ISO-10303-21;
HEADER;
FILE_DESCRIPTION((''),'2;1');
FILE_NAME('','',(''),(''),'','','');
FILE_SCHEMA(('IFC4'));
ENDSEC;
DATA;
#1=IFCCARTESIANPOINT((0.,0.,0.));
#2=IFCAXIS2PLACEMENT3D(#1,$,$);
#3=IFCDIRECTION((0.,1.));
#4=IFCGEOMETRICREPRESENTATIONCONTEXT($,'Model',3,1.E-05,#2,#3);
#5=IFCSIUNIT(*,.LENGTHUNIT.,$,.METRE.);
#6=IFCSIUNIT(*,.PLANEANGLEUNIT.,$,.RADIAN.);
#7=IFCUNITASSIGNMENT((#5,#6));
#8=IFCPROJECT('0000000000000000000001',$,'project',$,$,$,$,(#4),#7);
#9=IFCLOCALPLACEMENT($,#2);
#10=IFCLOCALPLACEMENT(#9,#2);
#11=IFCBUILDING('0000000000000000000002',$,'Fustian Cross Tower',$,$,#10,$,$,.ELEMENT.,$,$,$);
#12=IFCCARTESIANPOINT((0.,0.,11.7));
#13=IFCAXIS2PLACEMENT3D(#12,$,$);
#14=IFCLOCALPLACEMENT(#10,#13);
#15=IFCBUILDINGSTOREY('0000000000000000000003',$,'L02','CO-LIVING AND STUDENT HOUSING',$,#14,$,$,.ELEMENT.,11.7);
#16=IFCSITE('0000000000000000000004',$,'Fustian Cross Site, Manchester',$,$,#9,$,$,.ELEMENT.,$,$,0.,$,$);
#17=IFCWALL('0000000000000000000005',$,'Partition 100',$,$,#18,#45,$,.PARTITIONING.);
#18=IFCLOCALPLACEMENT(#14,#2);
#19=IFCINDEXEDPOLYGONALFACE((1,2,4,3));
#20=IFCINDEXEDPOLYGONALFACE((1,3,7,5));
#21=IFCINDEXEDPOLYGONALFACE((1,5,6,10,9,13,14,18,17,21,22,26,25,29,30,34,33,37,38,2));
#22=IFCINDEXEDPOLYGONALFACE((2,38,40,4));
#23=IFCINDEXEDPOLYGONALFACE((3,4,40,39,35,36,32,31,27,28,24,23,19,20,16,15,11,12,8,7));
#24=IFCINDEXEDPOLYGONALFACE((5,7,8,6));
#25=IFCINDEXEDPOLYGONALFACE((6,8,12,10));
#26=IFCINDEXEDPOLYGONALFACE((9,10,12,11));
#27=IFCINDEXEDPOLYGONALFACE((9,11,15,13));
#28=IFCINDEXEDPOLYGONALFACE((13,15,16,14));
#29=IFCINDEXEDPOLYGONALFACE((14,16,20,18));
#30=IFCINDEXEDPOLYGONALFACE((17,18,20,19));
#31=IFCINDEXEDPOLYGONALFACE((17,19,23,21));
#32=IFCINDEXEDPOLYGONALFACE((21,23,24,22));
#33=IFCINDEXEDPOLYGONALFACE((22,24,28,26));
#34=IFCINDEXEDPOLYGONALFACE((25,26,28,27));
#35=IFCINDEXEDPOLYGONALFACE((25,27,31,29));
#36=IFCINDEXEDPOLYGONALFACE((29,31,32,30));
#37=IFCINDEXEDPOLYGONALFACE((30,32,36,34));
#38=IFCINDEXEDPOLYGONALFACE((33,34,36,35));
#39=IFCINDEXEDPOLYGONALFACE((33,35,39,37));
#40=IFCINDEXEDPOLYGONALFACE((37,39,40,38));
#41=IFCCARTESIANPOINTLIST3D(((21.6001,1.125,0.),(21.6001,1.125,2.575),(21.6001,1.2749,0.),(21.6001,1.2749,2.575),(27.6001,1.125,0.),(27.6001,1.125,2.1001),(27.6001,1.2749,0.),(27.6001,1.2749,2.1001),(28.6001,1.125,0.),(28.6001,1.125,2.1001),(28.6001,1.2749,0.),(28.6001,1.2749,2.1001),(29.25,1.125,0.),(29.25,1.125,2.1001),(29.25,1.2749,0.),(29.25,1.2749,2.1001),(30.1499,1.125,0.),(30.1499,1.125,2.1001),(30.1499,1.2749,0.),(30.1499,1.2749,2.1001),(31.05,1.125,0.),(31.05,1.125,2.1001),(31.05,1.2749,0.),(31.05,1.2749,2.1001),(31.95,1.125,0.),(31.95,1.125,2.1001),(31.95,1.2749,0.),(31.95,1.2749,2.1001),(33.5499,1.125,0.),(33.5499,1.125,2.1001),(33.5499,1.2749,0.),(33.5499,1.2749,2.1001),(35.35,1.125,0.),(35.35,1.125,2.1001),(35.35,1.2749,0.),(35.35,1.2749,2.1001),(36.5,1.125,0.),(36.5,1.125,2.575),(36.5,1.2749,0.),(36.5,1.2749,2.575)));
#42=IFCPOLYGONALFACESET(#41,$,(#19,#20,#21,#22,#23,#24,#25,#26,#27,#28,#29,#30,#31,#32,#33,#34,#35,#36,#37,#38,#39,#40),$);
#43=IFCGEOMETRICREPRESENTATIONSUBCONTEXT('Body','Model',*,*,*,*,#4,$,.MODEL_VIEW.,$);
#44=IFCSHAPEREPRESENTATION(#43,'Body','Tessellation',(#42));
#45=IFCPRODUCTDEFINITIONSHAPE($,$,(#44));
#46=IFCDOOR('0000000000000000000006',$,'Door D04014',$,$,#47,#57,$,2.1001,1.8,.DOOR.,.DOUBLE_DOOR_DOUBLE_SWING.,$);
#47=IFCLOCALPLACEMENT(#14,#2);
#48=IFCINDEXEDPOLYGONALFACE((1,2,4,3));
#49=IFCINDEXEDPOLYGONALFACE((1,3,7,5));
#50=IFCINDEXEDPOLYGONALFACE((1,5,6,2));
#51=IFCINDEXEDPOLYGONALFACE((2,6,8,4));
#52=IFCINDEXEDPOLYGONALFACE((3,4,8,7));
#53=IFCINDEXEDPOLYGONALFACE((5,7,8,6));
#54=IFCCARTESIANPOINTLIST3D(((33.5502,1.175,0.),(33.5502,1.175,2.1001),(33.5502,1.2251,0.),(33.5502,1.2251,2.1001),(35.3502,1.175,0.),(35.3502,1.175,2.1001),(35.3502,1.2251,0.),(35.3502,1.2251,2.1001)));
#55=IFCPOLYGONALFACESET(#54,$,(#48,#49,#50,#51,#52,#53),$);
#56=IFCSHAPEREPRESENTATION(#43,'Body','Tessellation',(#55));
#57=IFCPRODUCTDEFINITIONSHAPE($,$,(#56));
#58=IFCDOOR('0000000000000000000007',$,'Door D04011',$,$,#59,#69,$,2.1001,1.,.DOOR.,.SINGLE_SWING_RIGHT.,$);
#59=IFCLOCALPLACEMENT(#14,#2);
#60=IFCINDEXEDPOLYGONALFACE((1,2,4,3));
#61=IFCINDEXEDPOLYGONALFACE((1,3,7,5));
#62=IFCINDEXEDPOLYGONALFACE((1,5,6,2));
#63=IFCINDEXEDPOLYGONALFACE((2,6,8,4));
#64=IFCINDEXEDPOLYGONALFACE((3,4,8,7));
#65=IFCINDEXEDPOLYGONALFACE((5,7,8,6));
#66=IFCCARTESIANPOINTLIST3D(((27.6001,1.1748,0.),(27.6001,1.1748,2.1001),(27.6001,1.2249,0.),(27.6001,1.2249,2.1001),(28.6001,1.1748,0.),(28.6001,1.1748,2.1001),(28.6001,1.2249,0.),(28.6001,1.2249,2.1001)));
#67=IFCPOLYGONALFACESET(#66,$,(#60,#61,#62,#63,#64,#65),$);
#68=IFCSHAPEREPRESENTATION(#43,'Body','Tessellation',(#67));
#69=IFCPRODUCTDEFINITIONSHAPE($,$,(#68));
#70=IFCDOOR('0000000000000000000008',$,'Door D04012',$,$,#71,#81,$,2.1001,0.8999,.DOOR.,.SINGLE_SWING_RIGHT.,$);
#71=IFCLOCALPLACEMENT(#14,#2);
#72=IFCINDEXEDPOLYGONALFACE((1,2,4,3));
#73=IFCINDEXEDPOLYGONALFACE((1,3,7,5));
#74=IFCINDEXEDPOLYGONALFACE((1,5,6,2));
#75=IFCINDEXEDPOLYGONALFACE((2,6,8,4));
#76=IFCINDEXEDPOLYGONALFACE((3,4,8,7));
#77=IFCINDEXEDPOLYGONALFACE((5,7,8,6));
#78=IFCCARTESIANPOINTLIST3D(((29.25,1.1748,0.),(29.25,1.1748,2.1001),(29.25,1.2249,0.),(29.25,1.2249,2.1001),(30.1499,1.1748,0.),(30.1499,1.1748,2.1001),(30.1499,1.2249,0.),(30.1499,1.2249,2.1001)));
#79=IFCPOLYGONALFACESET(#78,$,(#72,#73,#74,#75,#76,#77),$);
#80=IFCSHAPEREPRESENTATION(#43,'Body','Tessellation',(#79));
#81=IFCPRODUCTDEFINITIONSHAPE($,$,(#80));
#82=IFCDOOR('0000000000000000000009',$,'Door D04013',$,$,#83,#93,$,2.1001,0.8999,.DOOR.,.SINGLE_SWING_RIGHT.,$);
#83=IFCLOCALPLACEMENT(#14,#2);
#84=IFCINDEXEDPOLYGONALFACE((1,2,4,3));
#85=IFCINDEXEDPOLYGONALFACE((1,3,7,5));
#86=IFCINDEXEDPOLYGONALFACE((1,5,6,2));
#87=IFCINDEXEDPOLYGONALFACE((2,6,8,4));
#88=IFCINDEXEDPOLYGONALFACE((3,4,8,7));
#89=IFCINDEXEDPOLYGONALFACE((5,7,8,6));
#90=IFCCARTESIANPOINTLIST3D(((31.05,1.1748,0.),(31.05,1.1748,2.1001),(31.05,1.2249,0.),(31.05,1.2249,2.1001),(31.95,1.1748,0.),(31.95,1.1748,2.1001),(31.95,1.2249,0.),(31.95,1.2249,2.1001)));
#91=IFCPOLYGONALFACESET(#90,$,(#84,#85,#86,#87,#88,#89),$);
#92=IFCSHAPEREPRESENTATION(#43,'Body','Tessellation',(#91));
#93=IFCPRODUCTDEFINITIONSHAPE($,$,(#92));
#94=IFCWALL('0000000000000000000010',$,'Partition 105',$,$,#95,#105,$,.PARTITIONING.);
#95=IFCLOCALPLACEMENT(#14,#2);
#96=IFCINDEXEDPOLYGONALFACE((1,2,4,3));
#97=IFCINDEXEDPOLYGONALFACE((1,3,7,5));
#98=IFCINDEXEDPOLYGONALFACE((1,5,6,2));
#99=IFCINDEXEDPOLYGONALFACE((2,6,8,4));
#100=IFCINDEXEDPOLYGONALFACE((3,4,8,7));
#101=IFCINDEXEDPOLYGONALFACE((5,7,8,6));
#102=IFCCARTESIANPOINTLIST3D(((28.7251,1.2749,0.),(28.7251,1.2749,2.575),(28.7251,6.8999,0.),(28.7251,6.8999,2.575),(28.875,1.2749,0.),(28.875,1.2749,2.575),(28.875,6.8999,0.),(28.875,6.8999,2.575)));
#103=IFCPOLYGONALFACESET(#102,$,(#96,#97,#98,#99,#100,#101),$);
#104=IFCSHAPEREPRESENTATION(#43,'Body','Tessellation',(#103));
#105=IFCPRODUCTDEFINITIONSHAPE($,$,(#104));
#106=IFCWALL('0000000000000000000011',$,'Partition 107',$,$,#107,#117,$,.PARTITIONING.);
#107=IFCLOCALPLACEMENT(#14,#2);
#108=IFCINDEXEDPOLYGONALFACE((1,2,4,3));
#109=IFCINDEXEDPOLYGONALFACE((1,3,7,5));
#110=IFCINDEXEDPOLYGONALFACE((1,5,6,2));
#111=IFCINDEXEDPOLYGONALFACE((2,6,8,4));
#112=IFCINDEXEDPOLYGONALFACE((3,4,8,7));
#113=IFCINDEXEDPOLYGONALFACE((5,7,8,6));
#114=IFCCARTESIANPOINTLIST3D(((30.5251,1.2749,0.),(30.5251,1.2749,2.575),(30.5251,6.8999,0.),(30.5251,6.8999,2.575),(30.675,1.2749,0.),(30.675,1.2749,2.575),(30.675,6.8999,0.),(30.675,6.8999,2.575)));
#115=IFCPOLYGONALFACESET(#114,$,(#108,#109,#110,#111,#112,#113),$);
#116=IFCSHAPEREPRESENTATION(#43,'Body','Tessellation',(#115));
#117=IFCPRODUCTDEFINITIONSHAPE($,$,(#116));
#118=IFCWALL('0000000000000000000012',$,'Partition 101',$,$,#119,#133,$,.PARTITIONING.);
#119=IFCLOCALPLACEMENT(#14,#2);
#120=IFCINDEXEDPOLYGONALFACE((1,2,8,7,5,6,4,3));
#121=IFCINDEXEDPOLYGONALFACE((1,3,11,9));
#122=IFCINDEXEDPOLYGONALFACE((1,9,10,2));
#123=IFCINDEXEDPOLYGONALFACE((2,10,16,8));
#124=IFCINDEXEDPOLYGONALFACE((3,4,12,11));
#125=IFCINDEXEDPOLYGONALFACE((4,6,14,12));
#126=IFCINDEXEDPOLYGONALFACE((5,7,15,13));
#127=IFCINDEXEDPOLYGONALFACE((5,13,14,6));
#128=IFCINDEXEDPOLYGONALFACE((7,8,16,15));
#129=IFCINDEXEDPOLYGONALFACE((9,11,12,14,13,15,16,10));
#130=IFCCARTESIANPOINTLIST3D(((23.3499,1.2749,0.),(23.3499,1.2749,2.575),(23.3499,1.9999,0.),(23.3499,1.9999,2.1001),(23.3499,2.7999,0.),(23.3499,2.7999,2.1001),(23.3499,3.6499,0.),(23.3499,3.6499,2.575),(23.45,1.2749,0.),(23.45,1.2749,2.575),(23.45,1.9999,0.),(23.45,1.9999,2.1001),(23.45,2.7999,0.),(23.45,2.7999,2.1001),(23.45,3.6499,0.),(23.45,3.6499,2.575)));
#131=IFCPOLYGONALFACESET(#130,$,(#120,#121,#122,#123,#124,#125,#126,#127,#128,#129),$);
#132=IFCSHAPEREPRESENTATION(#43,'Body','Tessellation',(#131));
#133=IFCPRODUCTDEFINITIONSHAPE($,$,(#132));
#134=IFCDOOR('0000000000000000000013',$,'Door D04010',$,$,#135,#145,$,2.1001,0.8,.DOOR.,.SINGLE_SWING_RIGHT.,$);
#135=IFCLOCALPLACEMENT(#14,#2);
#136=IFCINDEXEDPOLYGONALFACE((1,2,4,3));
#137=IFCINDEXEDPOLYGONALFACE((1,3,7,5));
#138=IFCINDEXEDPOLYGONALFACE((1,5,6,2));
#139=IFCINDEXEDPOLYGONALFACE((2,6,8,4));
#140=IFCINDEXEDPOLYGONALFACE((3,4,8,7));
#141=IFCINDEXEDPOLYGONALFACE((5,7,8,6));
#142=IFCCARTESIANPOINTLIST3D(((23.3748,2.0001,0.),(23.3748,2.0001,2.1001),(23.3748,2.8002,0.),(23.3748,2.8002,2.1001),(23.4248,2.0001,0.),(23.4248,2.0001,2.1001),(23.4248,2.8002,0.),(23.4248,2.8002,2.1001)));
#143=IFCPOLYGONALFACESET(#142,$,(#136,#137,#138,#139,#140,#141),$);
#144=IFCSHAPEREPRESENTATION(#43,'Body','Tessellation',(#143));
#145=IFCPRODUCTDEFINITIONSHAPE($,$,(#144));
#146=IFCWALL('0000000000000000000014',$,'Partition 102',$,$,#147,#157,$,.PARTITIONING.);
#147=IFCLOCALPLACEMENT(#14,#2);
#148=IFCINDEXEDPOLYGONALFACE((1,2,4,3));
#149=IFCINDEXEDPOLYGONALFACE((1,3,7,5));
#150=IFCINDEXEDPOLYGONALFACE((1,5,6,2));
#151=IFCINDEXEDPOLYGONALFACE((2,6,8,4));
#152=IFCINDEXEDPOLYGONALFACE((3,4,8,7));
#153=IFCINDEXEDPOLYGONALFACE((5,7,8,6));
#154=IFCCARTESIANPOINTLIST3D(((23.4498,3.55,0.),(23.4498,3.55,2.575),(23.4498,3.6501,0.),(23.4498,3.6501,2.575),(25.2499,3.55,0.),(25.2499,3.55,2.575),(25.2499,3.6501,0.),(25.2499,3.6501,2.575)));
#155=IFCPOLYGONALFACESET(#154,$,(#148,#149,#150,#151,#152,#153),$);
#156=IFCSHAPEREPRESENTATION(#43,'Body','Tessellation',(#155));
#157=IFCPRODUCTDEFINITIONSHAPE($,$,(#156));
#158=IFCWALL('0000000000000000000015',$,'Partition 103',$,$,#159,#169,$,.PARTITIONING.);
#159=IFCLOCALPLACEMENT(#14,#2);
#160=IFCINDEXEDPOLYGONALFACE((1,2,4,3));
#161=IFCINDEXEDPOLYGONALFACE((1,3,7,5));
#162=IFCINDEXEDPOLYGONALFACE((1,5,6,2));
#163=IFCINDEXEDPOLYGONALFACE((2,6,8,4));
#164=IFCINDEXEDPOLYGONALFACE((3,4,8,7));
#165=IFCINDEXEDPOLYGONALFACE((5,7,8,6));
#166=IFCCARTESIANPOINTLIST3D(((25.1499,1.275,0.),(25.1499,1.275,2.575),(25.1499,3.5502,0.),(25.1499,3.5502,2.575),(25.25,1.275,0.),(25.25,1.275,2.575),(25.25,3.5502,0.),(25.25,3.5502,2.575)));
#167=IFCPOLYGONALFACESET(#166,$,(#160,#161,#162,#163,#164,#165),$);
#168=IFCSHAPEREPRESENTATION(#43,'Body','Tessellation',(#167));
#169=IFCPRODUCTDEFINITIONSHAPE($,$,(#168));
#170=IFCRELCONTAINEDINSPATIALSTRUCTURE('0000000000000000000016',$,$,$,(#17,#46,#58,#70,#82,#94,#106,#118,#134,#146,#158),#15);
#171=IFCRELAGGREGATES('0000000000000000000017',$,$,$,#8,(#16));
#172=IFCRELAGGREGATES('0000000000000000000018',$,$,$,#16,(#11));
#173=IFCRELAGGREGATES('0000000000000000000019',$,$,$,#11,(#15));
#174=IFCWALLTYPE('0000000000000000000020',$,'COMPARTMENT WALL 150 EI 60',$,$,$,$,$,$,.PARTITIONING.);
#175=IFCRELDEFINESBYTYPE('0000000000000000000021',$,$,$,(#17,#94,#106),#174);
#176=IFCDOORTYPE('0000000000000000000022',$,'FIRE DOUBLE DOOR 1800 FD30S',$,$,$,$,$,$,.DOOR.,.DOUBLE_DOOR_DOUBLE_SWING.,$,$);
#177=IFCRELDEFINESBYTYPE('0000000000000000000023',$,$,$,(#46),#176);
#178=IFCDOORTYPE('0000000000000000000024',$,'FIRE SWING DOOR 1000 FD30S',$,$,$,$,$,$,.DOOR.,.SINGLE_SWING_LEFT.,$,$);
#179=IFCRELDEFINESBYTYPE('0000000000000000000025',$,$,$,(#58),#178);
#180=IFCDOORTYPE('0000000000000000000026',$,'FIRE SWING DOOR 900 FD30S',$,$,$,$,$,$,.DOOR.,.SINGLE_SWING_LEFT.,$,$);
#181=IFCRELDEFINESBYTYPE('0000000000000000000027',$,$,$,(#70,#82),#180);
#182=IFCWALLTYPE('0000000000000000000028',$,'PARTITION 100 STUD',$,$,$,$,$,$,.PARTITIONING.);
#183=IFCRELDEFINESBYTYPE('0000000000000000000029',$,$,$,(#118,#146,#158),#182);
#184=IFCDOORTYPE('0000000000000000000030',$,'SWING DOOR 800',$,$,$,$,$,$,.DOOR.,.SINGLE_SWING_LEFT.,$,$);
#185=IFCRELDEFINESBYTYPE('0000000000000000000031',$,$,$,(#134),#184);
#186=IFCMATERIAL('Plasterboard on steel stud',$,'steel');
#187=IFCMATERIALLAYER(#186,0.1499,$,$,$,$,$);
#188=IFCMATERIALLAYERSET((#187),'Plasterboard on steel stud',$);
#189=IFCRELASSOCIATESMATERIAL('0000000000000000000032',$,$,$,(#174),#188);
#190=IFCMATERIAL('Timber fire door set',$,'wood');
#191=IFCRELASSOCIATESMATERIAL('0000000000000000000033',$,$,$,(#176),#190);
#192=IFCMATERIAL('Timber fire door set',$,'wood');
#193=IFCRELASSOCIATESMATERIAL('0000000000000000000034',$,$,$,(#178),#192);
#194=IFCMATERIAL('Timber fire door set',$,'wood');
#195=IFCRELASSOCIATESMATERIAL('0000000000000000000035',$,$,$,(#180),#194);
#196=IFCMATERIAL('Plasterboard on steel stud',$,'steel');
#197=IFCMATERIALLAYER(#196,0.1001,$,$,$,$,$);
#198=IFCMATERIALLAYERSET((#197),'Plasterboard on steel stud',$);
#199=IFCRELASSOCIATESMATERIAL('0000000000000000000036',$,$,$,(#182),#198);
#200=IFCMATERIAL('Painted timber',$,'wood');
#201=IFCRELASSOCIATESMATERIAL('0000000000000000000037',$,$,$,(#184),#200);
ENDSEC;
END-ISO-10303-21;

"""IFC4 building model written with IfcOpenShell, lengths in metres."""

from ifc_helpers import new_model, si_unit, direction, frame, frame_2d, origin, place, context, subcontext, project, spatial, rectangle, extrude, material, layer, layer_set, type_object, element, fill, save


model = new_model("IFC4")

# Units and contexts
model_context = context("Model", 3, precision=1e-05, world=origin(), true_north=direction((0.0, 1.0)))
body_context = subcontext(model_context, "Body", "Model", "MODEL_VIEW")
ifc_project = project(units=[si_unit("LENGTHUNIT", "METRE"), si_unit("PLANEANGLEUNIT", "RADIAN")], contexts=[model_context])

# Site, building, storey
site_placement = place(None, origin())
site = spatial("IfcSite", under=ifc_project, at=site_placement, Name="Fustian Cross Site, Manchester", CompositionType="ELEMENT", RefElevation=0.0)
building_placement = place(site_placement, origin())
building = spatial("IfcBuilding", under=site, at=building_placement, Name="Fustian Cross Tower", CompositionType="ELEMENT")
storey_placement = place(building_placement, frame((0.0, 0.0, 11.7)))
storey = spatial("IfcBuildingStorey", under=building, at=storey_placement, Name="L02", Description="CO-LIVING AND STUDENT HOUSING", CompositionType="ELEMENT", Elevation=11.7)

# Wall, openings, doors
ifc_material_1 = material(Name="Plasterboard on steel stud", Category="steel")
ifc_layer_1 = layer(ifc_material_1, 0.1499)
ifc_layer_set_1 = layer_set([ifc_layer_1], Name="Plasterboard on steel stud")
wall_type_1 = type_object("IfcWallType", Name="COMPARTMENT WALL 150 EI 60", PredefinedType="PARTITIONING", material=ifc_layer_set_1)
wall_1_placement = place(storey_placement, frame((21.6001, 1.2, 0.0), z_axis=(0.0, 0.0, 1.0), x_axis=(1.0, 0.0, 0.0)))
wall_1 = element("IfcWall", 1, at=wall_1_placement, inside=storey, type_object=wall_type_1, Name="Partition 100", PredefinedType="PARTITIONING", context=body_context, shape_type="SweptSolid", body=[
    extrude(rectangle(XDim=14.8999, YDim=0.1499, at=frame_2d((7.45, 0.0))), origin(), (0.0, 0.0, 1.0), 2.575),
])
opening_1_placement = place(wall_1_placement, frame((6.0, 0.0, 0.0)))
opening_1 = element("IfcOpeningElement", 2, at=opening_1_placement, cuts=wall_1, PredefinedType="OPENING", context=body_context, shape_type="SweptSolid", body=[
    extrude(rectangle(XDim=1.0, YDim=2.1001, at=frame_2d((0.5, 1.05))), frame((0.0, 0.085, 0.0), z_axis=(0.0, -1.0, 0.0), x_axis=(1.0, 0.0, 0.0)), (0.0, 0.0, 1.0), 0.1699),
])
opening_2_placement = place(wall_1_placement, frame((7.6499, 0.0, 0.0)))
opening_2 = element("IfcOpeningElement", 3, at=opening_2_placement, cuts=wall_1, PredefinedType="OPENING", context=body_context, shape_type="SweptSolid", body=[
    extrude(rectangle(XDim=0.8999, YDim=2.1001, at=frame_2d((0.45, 1.05))), frame((0.0, 0.085, 0.0), z_axis=(0.0, -1.0, 0.0), x_axis=(1.0, 0.0, 0.0)), (0.0, 0.0, 1.0), 0.1699),
])
opening_3_placement = place(wall_1_placement, frame((9.45, 0.0, 0.0)))
opening_3 = element("IfcOpeningElement", 4, at=opening_3_placement, cuts=wall_1, PredefinedType="OPENING", context=body_context, shape_type="SweptSolid", body=[
    extrude(rectangle(XDim=0.8999, YDim=2.1001, at=frame_2d((0.45, 1.05))), frame((0.0, 0.085, 0.0), z_axis=(0.0, -1.0, 0.0), x_axis=(1.0, 0.0, 0.0)), (0.0, 0.0, 1.0), 0.1699),
])
opening_4_placement = place(wall_1_placement, frame((11.95, 0.0, 0.0)))
opening_4 = element("IfcOpeningElement", 5, at=opening_4_placement, cuts=wall_1, PredefinedType="OPENING", context=body_context, shape_type="SweptSolid", body=[
    extrude(rectangle(XDim=1.8, YDim=2.1001, at=frame_2d((0.8999, 1.05))), frame((0.0, 0.085, 0.0), z_axis=(0.0, -1.0, 0.0), x_axis=(1.0, 0.0, 0.0)), (0.0, 0.0, 1.0), 0.1699),
])
ifc_material_2 = material(Name="Timber fire door set", Category="wood")
door_type_1 = type_object("IfcDoorType", Name="FIRE DOUBLE DOOR 1800 FD30S", OperationType="DOUBLE_DOOR_DOUBLE_SWING", PredefinedType="DOOR", material=ifc_material_2)
door_1_placement = place(opening_4_placement, frame((1.8, 0.0, 0.0), z_axis=(0.0, 0.0, 1.0), x_axis=(-1.0, 0.0, 0.0)))
door_1 = element("IfcDoor", 6, at=door_1_placement, inside=storey, type_object=door_type_1, Name="Door D04014", OperationType="DOUBLE_DOOR_DOUBLE_SWING", OverallHeight=2.1001, OverallWidth=1.8, PredefinedType="DOOR", context=body_context, shape_type="SweptSolid", body=[
    extrude(rectangle(XDim=1.8, YDim=2.1001, at=frame_2d((0.8999, 1.05))), frame((0.0, 0.0249, 0.0), z_axis=(0.0, -1.0, 0.0), x_axis=(1.0, 0.0, 0.0)), (0.0, 0.0, 1.0), 0.05),
])
fill(opening_4, door_1)
ifc_material_3 = material(Name="Timber fire door set", Category="wood")
door_type_2 = type_object("IfcDoorType", Name="FIRE SWING DOOR 1000 FD30S", OperationType="SINGLE_SWING_LEFT", PredefinedType="DOOR", material=ifc_material_3)
door_2_placement = place(opening_1_placement, origin())
door_2 = element("IfcDoor", 7, at=door_2_placement, inside=storey, type_object=door_type_2, Name="Door D04011", OperationType="SINGLE_SWING_RIGHT", OverallHeight=2.1001, OverallWidth=1.0, PredefinedType="DOOR", context=body_context, shape_type="SweptSolid", body=[
    extrude(rectangle(XDim=1.0, YDim=2.1001, at=frame_2d((0.5, 1.05))), frame((0.0, 0.0249, 0.0), z_axis=(0.0, -1.0, 0.0), x_axis=(1.0, 0.0, 0.0)), (0.0, 0.0, 1.0), 0.05),
])
fill(opening_1, door_2)
ifc_material_4 = material(Name="Timber fire door set", Category="wood")
door_type_3 = type_object("IfcDoorType", Name="FIRE SWING DOOR 900 FD30S", OperationType="SINGLE_SWING_LEFT", PredefinedType="DOOR", material=ifc_material_4)
door_3_placement = place(opening_2_placement, origin())
door_3 = element("IfcDoor", 8, at=door_3_placement, inside=storey, type_object=door_type_3, Name="Door D04012", OperationType="SINGLE_SWING_RIGHT", OverallHeight=2.1001, OverallWidth=0.8999, PredefinedType="DOOR", context=body_context, shape_type="SweptSolid", body=[
    extrude(rectangle(XDim=0.8999, YDim=2.1001, at=frame_2d((0.45, 1.05))), frame((0.0, 0.0249, 0.0), z_axis=(0.0, -1.0, 0.0), x_axis=(1.0, 0.0, 0.0)), (0.0, 0.0, 1.0), 0.05),
])
fill(opening_2, door_3)
door_4_placement = place(opening_3_placement, origin())
door_4 = element("IfcDoor", 9, at=door_4_placement, inside=storey, type_object=door_type_3, Name="Door D04013", OperationType="SINGLE_SWING_RIGHT", OverallHeight=2.1001, OverallWidth=0.8999, PredefinedType="DOOR", context=body_context, shape_type="SweptSolid", body=[
    extrude(rectangle(XDim=0.8999, YDim=2.1001, at=frame_2d((0.45, 1.05))), frame((0.0, 0.0249, 0.0), z_axis=(0.0, -1.0, 0.0), x_axis=(1.0, 0.0, 0.0)), (0.0, 0.0, 1.0), 0.05),
])
fill(opening_3, door_4)

# Walls
for number, where, z_axis, x_axis, name in (
    (10, (28.8, 1.2749, 0.0), (0.0, 0.0, 1.0), (0.0, 1.0, 0.0), "Partition 105"),
    (11, (30.6001, 1.2749, 0.0), (0.0, 0.0, 1.0), (0.0, 1.0, 0.0), "Partition 107"),
):
    element("IfcWall", number, at=place(storey_placement, frame(where, z_axis=z_axis, x_axis=x_axis)), inside=storey, type_object=wall_type_1, Name=name, PredefinedType="PARTITIONING", context=body_context, shape_type="SweptSolid", body=[
        extrude(rectangle(XDim=5.625, YDim=0.1499, at=frame_2d((2.8125, 0.0))), origin(), (0.0, 0.0, 1.0), 2.575),
    ])

# Wall, opening, door
ifc_material_5 = material(Name="Plasterboard on steel stud", Category="steel")
ifc_layer_2 = layer(ifc_material_5, 0.1001)
ifc_layer_set_2 = layer_set([ifc_layer_2], Name="Plasterboard on steel stud")
wall_type_2 = type_object("IfcWallType", Name="PARTITION 100 STUD", PredefinedType="PARTITIONING", material=ifc_layer_set_2)
wall_2_placement = place(storey_placement, frame((23.3999, 1.2749, 0.0), z_axis=(0.0, 0.0, 1.0), x_axis=(0.0, 1.0, 0.0)))
wall_2 = element("IfcWall", 12, at=wall_2_placement, inside=storey, type_object=wall_type_2, Name="Partition 101", PredefinedType="PARTITIONING", context=body_context, shape_type="SweptSolid", body=[
    extrude(rectangle(XDim=2.375, YDim=0.1001, at=frame_2d((1.1875, 0.0))), origin(), (0.0, 0.0, 1.0), 2.575),
])
opening_5_placement = place(wall_2_placement, frame((0.7251, 0.0, 0.0)))
opening_5 = element("IfcOpeningElement", 13, at=opening_5_placement, cuts=wall_2, PredefinedType="OPENING", context=body_context, shape_type="SweptSolid", body=[
    extrude(rectangle(XDim=0.8, YDim=2.1001, at=frame_2d((0.3999, 1.05))), frame((0.0, 0.0601, 0.0), z_axis=(0.0, -1.0, 0.0), x_axis=(1.0, 0.0, 0.0)), (0.0, 0.0, 1.0), 0.1201),
])
ifc_material_6 = material(Name="Painted timber", Category="wood")
door_type_4 = type_object("IfcDoorType", Name="SWING DOOR 800", OperationType="SINGLE_SWING_LEFT", PredefinedType="DOOR", material=ifc_material_6)
door_5_placement = place(opening_5_placement, frame((0.8, 0.0, 0.0), z_axis=(0.0, 0.0, 1.0), x_axis=(-1.0, 0.0, 0.0)))
door_5 = element("IfcDoor", 14, at=door_5_placement, inside=storey, type_object=door_type_4, Name="Door D04010", OperationType="SINGLE_SWING_RIGHT", OverallHeight=2.1001, OverallWidth=0.8, PredefinedType="DOOR", context=body_context, shape_type="SweptSolid", body=[
    extrude(rectangle(XDim=0.8, YDim=2.1001, at=frame_2d((0.3999, 1.05))), frame((0.0, 0.0249, 0.0), z_axis=(0.0, -1.0, 0.0), x_axis=(1.0, 0.0, 0.0)), (0.0, 0.0, 1.0), 0.05),
])
fill(opening_5, door_5)

# Walls
wall_3_placement = place(storey_placement, frame((23.45, 3.6001, 0.0), z_axis=(0.0, 0.0, 1.0), x_axis=(1.0, 0.0, 0.0)))
element("IfcWall", 15, at=wall_3_placement, inside=storey, type_object=wall_type_2, Name="Partition 102", PredefinedType="PARTITIONING", context=body_context, shape_type="SweptSolid", body=[
    extrude(rectangle(XDim=1.8, YDim=0.1001, at=frame_2d((0.8999, 0.0))), origin(), (0.0, 0.0, 1.0), 2.575),
])
wall_4_placement = place(storey_placement, frame((25.2, 1.2749, 0.0), z_axis=(0.0, 0.0, 1.0), x_axis=(0.0, 1.0, 0.0)))
element("IfcWall", 16, at=wall_4_placement, inside=storey, type_object=wall_type_2, Name="Partition 103", PredefinedType="PARTITIONING", context=body_context, shape_type="SweptSolid", body=[
    extrude(rectangle(XDim=2.2751, YDim=0.1001, at=frame_2d((1.1377, 0.0))), origin(), (0.0, 0.0, 1.0), 2.575),
])

save(model, "model.ifc")
